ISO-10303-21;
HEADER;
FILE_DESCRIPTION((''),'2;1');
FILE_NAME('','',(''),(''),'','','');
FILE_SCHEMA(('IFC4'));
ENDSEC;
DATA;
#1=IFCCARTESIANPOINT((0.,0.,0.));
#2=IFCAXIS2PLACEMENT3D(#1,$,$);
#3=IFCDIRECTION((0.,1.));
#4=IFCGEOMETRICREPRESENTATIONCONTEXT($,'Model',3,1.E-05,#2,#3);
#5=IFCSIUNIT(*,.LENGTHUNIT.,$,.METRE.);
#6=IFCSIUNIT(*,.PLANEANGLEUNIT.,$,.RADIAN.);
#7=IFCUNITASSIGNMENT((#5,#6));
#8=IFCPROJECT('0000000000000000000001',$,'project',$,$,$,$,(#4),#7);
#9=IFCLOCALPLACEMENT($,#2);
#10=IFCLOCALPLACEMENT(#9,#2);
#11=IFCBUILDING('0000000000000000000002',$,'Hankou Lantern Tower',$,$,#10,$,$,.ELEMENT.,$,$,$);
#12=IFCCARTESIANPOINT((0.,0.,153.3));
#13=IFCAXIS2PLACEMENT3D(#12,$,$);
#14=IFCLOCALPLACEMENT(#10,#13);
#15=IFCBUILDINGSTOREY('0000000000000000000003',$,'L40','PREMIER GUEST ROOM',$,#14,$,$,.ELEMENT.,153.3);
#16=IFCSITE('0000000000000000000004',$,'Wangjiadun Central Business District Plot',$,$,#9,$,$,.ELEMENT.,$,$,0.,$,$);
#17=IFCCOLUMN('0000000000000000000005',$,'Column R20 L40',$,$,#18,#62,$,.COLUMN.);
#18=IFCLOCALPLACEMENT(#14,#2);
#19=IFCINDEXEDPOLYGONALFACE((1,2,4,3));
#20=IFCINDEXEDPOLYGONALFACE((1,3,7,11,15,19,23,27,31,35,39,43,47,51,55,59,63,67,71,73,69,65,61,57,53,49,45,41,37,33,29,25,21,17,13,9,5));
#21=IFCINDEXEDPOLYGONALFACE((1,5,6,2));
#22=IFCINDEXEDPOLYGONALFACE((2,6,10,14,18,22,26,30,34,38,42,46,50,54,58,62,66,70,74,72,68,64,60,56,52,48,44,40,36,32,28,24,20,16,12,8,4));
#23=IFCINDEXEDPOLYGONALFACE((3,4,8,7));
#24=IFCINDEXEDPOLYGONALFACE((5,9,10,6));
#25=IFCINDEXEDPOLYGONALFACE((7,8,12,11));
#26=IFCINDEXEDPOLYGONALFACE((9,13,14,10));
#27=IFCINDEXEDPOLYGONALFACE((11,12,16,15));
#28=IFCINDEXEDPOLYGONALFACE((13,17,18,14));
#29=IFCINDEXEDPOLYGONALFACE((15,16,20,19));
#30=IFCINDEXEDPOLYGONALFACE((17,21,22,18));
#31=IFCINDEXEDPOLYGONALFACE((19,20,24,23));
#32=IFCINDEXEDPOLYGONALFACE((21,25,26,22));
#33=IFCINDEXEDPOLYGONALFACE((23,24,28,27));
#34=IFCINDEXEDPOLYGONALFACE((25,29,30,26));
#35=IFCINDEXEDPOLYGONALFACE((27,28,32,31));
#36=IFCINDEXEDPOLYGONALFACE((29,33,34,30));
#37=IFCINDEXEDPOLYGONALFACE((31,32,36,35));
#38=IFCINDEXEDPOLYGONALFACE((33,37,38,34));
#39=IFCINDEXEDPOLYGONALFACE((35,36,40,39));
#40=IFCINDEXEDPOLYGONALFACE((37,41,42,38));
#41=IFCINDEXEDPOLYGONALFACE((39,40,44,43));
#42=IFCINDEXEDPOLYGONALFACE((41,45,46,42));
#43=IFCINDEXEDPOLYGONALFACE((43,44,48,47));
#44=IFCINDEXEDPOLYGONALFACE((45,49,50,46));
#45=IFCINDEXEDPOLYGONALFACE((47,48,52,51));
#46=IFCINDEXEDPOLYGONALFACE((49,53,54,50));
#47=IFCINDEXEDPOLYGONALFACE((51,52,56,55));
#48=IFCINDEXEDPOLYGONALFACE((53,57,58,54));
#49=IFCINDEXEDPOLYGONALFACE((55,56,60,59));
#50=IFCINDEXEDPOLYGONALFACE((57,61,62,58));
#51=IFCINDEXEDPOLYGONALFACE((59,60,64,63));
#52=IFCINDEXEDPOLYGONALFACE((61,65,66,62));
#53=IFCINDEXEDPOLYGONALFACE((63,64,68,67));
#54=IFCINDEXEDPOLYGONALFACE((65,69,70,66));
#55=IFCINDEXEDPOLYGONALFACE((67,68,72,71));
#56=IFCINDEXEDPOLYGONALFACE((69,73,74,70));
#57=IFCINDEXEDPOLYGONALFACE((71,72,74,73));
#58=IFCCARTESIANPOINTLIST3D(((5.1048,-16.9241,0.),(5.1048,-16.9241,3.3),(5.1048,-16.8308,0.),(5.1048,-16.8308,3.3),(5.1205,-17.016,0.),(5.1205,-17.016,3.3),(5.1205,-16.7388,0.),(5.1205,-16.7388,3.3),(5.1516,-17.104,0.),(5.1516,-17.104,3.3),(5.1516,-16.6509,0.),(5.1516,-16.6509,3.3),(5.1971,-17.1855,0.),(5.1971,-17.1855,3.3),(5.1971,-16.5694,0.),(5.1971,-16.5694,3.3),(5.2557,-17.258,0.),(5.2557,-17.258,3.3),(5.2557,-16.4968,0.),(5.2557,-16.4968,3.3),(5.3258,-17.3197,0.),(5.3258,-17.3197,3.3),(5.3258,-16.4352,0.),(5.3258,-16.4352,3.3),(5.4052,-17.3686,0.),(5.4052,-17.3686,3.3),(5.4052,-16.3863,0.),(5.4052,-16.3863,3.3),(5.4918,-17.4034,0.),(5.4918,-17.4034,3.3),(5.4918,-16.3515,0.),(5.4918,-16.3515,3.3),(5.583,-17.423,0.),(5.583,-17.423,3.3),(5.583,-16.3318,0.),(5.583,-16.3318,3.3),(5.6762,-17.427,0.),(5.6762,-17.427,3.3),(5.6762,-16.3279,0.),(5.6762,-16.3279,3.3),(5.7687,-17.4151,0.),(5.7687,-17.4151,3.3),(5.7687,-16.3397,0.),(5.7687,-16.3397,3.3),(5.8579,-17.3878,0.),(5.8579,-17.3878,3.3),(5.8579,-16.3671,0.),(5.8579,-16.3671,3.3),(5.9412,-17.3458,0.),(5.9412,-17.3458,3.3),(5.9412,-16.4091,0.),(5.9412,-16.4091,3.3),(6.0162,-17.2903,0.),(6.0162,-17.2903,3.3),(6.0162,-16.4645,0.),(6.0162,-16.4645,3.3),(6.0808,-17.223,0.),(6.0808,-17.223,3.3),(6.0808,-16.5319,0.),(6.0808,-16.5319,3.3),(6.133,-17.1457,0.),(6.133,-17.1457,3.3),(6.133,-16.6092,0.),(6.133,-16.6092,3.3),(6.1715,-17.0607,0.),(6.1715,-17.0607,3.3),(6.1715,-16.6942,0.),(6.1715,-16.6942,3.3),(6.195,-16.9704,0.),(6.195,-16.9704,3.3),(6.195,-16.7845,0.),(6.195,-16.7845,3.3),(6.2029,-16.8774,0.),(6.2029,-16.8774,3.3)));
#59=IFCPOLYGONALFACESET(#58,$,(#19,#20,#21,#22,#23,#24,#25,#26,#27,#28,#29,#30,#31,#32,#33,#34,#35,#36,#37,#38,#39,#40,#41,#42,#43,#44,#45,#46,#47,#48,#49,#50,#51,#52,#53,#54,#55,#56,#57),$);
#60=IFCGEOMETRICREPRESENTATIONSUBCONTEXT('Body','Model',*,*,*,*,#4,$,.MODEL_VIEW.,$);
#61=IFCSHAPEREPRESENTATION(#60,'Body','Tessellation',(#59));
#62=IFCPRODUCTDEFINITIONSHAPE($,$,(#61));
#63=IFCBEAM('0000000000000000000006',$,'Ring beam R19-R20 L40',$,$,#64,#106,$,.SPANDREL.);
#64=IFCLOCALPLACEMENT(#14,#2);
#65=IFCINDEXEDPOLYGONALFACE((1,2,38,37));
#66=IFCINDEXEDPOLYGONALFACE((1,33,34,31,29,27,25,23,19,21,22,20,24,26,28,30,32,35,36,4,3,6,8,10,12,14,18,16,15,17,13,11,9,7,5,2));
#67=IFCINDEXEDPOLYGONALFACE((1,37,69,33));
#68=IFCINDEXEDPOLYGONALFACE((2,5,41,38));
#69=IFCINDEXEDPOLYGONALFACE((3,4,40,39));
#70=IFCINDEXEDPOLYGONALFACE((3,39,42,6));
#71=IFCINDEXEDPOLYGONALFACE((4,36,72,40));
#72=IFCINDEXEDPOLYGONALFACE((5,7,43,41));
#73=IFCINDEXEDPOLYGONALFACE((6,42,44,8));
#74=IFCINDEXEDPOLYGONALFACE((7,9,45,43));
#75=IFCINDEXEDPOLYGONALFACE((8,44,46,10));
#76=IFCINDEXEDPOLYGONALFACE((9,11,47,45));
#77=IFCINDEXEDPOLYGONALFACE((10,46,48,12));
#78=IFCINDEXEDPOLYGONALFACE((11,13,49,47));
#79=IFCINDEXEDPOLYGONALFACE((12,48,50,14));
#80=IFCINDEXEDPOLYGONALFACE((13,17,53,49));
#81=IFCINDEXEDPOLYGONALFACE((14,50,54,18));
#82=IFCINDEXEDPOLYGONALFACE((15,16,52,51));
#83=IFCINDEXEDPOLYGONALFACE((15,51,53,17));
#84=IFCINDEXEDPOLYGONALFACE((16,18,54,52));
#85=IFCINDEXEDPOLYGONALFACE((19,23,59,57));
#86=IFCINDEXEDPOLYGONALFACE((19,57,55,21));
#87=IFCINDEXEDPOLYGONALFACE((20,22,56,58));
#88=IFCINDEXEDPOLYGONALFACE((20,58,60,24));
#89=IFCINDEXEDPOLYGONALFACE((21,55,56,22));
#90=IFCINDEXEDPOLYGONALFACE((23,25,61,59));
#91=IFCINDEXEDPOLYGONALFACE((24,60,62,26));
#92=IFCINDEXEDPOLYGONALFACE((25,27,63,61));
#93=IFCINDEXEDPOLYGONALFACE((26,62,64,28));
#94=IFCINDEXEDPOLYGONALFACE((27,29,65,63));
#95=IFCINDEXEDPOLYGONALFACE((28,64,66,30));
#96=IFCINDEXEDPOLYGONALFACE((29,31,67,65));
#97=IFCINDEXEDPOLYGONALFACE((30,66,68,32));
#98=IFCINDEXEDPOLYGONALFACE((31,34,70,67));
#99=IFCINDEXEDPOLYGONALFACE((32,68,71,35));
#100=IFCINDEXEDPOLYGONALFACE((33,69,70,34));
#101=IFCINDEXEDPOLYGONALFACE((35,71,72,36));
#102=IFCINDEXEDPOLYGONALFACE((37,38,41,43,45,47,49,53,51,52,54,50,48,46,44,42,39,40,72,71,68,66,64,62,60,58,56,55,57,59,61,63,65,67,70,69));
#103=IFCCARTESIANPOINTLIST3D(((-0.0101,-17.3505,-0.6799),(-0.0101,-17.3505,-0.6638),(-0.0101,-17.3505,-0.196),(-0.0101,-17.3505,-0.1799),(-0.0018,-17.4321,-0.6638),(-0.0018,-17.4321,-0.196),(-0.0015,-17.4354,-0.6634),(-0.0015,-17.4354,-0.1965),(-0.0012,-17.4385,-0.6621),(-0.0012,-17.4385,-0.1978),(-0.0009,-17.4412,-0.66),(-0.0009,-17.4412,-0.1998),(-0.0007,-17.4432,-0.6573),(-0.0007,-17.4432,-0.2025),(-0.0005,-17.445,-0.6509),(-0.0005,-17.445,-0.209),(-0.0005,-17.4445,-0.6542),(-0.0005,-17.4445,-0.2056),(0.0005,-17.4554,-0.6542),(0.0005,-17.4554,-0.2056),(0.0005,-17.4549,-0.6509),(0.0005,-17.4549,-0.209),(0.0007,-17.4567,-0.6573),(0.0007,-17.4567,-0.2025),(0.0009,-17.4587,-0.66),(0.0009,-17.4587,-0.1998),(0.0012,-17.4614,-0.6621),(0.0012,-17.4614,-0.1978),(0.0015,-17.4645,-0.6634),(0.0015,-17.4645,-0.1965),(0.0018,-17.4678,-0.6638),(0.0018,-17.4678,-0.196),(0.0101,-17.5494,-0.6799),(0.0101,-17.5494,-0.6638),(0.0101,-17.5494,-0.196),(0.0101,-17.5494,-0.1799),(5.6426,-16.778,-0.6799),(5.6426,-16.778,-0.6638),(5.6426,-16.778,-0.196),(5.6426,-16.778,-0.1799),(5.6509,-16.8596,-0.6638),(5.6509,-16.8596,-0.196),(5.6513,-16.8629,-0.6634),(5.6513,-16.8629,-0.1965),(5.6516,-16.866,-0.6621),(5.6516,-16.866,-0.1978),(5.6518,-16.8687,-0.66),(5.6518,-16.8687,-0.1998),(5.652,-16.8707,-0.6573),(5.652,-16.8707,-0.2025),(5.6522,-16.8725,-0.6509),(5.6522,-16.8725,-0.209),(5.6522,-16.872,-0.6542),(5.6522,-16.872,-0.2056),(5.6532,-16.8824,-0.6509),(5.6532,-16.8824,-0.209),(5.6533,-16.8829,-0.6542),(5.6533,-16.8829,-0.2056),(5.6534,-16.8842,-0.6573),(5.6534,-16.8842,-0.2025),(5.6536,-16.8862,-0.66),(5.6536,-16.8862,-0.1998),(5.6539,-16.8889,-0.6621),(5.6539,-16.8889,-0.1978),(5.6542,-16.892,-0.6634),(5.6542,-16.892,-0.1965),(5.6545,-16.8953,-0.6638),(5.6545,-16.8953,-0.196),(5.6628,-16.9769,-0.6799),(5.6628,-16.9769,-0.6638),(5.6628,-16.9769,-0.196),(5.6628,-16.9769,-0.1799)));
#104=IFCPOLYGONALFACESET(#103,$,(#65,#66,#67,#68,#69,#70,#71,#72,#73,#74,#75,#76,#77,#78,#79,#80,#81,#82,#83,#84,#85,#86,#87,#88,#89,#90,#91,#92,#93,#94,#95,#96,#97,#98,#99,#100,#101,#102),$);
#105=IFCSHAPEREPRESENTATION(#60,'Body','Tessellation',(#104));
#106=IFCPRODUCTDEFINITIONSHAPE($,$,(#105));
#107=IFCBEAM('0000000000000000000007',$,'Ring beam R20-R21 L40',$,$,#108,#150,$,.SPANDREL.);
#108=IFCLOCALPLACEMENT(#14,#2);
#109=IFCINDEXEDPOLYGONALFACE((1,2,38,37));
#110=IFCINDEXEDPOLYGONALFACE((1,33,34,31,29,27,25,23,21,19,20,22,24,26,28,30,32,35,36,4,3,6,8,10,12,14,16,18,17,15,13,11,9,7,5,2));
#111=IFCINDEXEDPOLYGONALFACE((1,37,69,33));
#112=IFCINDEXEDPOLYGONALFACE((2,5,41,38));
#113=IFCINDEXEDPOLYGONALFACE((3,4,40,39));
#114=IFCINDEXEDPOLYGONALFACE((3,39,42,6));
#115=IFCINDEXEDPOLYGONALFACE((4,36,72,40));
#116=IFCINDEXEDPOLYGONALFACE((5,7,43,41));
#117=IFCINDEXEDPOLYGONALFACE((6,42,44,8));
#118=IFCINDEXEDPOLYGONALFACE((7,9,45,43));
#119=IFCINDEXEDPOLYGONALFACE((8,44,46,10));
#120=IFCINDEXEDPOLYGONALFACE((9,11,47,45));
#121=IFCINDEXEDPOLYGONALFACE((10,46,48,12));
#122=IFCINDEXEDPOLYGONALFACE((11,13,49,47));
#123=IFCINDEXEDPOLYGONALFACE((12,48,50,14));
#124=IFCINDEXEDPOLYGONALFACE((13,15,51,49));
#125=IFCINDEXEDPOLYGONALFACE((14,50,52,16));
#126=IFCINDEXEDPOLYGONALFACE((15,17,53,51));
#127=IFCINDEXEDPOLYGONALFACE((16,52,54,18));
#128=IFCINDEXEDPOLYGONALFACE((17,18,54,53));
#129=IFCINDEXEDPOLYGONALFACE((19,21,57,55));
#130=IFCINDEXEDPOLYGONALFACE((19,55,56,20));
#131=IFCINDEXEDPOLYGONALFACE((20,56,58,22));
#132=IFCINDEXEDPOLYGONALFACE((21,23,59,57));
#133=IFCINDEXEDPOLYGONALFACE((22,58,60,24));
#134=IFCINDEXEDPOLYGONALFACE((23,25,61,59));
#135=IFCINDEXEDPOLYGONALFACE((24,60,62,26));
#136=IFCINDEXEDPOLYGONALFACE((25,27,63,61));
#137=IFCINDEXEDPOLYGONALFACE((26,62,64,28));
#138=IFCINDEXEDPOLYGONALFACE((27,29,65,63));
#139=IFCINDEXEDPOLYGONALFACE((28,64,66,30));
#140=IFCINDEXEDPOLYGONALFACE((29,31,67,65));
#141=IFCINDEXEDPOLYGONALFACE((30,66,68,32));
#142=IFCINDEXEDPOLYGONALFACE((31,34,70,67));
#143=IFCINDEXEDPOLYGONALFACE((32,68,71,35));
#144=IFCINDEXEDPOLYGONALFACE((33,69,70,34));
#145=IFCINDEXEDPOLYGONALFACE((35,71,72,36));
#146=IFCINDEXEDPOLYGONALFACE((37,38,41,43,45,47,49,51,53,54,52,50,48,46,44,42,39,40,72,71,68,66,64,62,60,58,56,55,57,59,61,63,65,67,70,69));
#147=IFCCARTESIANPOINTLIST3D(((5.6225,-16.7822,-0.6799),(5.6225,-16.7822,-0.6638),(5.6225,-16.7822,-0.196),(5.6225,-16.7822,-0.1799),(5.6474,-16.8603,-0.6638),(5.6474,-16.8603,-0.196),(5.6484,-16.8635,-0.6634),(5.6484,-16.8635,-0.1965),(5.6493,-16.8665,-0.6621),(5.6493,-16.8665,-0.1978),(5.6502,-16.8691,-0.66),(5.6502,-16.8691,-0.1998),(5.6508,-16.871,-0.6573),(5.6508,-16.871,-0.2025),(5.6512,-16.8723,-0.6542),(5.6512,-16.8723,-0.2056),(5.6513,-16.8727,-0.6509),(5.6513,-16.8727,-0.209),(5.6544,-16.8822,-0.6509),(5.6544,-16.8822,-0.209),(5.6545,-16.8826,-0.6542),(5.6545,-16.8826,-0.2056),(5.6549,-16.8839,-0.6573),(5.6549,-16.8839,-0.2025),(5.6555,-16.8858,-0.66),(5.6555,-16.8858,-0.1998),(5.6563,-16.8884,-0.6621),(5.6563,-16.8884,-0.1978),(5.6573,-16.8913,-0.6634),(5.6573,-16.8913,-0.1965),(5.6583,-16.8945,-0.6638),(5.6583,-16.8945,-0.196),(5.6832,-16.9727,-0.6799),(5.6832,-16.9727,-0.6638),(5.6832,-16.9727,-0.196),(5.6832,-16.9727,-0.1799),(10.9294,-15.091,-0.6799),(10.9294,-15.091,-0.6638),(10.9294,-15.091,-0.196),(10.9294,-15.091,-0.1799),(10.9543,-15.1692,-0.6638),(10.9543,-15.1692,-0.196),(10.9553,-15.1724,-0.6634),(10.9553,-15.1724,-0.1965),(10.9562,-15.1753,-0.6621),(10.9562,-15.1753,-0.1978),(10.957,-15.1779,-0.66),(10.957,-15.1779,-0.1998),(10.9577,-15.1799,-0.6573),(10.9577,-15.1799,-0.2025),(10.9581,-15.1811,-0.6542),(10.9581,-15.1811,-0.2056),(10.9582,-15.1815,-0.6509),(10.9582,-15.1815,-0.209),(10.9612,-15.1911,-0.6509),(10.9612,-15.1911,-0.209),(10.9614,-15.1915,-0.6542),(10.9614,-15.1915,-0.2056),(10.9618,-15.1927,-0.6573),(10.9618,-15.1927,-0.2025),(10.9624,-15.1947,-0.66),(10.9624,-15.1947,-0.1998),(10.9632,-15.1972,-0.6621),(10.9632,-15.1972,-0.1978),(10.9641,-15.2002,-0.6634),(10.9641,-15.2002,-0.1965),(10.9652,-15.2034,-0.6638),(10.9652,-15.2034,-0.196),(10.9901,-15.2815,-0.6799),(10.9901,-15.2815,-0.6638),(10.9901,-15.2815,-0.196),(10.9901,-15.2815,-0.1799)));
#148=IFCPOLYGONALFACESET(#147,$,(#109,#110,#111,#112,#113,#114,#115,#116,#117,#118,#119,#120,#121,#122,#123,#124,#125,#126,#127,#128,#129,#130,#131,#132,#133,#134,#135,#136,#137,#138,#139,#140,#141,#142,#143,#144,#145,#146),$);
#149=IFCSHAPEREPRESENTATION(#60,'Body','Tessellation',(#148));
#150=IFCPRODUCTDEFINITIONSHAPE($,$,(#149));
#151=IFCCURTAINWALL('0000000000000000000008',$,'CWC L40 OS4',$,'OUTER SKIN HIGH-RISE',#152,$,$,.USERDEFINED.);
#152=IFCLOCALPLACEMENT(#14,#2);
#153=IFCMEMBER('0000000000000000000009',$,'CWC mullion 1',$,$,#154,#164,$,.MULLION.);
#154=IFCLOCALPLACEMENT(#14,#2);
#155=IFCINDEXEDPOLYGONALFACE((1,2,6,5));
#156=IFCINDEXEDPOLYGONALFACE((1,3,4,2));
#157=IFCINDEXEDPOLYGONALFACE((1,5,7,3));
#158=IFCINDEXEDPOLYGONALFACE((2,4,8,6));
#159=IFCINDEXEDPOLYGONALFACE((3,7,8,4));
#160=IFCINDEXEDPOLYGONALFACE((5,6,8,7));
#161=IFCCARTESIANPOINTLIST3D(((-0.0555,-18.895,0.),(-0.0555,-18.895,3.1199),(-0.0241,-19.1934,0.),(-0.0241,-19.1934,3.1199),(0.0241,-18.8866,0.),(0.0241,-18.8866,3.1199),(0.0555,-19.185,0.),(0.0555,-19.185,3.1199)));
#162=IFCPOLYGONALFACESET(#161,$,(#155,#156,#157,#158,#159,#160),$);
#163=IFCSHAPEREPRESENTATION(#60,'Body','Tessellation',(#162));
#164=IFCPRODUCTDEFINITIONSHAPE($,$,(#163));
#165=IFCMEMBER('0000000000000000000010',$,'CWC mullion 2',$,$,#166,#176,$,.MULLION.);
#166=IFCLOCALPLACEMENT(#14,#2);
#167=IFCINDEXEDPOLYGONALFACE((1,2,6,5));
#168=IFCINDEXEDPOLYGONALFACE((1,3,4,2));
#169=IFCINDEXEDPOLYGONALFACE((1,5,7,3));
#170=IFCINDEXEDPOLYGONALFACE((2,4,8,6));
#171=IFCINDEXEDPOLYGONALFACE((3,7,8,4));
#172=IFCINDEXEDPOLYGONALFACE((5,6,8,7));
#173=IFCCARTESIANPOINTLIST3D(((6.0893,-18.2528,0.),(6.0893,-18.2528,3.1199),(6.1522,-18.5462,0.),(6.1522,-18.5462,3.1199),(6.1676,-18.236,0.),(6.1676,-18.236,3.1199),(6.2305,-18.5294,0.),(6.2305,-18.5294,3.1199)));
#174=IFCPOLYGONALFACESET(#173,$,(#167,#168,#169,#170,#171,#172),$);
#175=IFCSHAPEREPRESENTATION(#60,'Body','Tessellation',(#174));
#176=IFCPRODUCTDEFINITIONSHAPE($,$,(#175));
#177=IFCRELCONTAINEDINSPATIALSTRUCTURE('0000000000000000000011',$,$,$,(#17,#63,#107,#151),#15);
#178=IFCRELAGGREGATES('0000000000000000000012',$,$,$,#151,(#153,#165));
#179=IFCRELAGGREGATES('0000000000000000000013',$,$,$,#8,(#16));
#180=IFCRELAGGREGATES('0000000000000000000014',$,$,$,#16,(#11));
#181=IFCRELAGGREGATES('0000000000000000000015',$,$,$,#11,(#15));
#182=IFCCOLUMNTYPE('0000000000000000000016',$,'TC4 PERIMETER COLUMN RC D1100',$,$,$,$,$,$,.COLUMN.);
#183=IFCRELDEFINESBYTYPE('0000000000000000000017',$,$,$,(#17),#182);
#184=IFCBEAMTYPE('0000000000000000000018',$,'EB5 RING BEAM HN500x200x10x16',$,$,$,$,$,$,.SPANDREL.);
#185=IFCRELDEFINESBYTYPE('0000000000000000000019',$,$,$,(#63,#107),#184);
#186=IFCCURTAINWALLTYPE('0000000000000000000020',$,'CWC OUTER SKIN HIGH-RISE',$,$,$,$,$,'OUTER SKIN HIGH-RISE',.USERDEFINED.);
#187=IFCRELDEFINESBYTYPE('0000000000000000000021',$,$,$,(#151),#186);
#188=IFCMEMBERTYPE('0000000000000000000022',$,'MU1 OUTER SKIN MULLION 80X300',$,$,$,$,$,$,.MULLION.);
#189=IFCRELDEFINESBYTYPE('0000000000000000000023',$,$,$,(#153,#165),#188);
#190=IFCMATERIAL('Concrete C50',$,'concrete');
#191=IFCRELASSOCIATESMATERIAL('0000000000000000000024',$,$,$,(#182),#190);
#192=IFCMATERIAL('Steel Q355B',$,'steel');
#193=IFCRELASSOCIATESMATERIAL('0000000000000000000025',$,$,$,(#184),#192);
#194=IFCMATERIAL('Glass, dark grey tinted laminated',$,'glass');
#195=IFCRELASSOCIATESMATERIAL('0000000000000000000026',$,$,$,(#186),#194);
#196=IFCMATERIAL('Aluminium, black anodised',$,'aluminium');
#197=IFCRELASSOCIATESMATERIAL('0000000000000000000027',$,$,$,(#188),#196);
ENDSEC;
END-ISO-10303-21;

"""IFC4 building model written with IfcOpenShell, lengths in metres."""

from ifc_helpers import new_model, si_unit, direction, frame, origin, origin_2d, place, context, subcontext, project, spatial, rectangle, circle, i_section, extrude, material, material_profile, profile_set, type_object, element, aggregate, save


model = new_model("IFC4")

# Units and contexts
model_context = context("Model", 3, precision=1e-05, world=origin(), true_north=direction((0.0, 1.0)))
body_context = subcontext(model_context, "Body", "Model", "MODEL_VIEW")
ifc_project = project(units=[si_unit("LENGTHUNIT", "METRE"), si_unit("PLANEANGLEUNIT", "RADIAN")], contexts=[model_context])

# Site, building, storey
site_placement = place(None, origin())
site = spatial("IfcSite", under=ifc_project, at=site_placement, Name="Wangjiadun Central Business District Plot", CompositionType="ELEMENT", RefElevation=0.0)
building_placement = place(site_placement, origin())
building = spatial("IfcBuilding", under=site, at=building_placement, Name="Hankou Lantern Tower", CompositionType="ELEMENT")
storey_placement = place(building_placement, frame((0.0, 0.0, 153.3)))
storey = spatial("IfcBuildingStorey", under=building, at=storey_placement, Name="L40", Description="PREMIER GUEST ROOM", CompositionType="ELEMENT", Elevation=153.3)

# Column
ifc_material_1 = material(Name="Concrete C50", Category="concrete")
ifc_material_profile_1 = material_profile(ifc_material_1, circle(Radius=0.55, at=origin_2d()), Name="RC D1100")
ifc_profile_set_1 = profile_set([ifc_material_profile_1], Name="Concrete C50")
column_type = type_object("IfcColumnType", Name="TC4 PERIMETER COLUMN RC D1100", PredefinedType="COLUMN", material=ifc_profile_set_1)
column_placement = place(storey_placement, frame((5.6528, -16.8774, 0.0), z_axis=(0.0, 0.0, 1.0), x_axis=(1.0, 0.0, 0.0)))
element("IfcColumn", 1, at=column_placement, inside=storey, type_object=column_type, Name="Column R20 L40", PredefinedType="COLUMN", context=body_context, shape_type="SweptSolid", body=[
    extrude(circle(Radius=0.55, at=origin_2d()), origin(), (0.0, 0.0, 1.0), 3.3),
])

# Beams
ifc_material_2 = material(Name="Steel Q355B", Category="steel")
ifc_material_profile_2 = material_profile(ifc_material_2, i_section(OverallWidth=0.2, OverallDepth=0.5, WebThickness=0.01, FlangeThickness=0.0161, FilletRadius=0.0129, at=origin_2d()), Name="HN500x200x10x16")
ifc_profile_set_2 = profile_set([ifc_material_profile_2], Name="Steel Q355B")
beam_type_1 = type_object("IfcBeamType", Name="EB5 RING BEAM HN500x200x10x16", PredefinedType="SPANDREL", material=ifc_profile_set_2)
beam_1_placement = place(storey_placement, frame((0.0, -17.45, -0.4299), z_axis=(0.99491, 0.100763, 0.0), x_axis=(-0.100763, 0.99491, 0.0)))
element("IfcBeam", 2, at=beam_1_placement, inside=storey, type_object=beam_type_1, Name="Ring beam R19-R20 L40", PredefinedType="SPANDREL", context=body_context, shape_type="SweptSolid", body=[
    extrude(i_section(OverallWidth=0.2, OverallDepth=0.5, WebThickness=0.01, FlangeThickness=0.0161, FilletRadius=0.0129, at=origin_2d()), origin(), (0.0, 0.0, 1.0), 5.6816),
])
beam_2_placement = place(storey_placement, frame((5.6528, -16.8774, -0.4299), z_axis=(0.95279, 0.303629, 0.0), x_axis=(-0.303629, 0.95279, 0.0)))
element("IfcBeam", 3, at=beam_2_placement, inside=storey, type_object=beam_type_1, Name="Ring beam R20-R21 L40", PredefinedType="SPANDREL", context=body_context, shape_type="SweptSolid", body=[
    extrude(i_section(OverallWidth=0.2, OverallDepth=0.5, WebThickness=0.01, FlangeThickness=0.0161, FilletRadius=0.0129, at=origin_2d()), origin(), (0.0, 0.0, 1.0), 5.5698),
])

# Curtain wall, members
ifc_material_3 = material(Name="Glass, dark grey tinted laminated", Category="glass")
curtain_wall_type = type_object("IfcCurtainWallType", Name="CWC OUTER SKIN HIGH-RISE", ElementType="OUTER SKIN HIGH-RISE", PredefinedType="USERDEFINED", material=ifc_material_3)
curtain_wall_placement = place(storey_placement, origin())
curtain_wall = element("IfcCurtainWall", 4, at=curtain_wall_placement, inside=storey, type_object=curtain_wall_type, Name="CWC L40 OS4", ObjectType="OUTER SKIN HIGH-RISE", PredefinedType="USERDEFINED")
ifc_material_4 = material(Name="Aluminium, black anodised", Category="aluminium")
ifc_material_profile_3 = material_profile(ifc_material_4, rectangle(XDim=0.0801, YDim=0.3, at=origin_2d()), Name="MU1 80X300")
ifc_profile_set_3 = profile_set([ifc_material_profile_3], Name="Aluminium, black anodised")
member_type_1 = type_object("IfcMemberType", Name="MU1 OUTER SKIN MULLION 80X300", PredefinedType="MULLION", material=ifc_profile_set_3)
member_1_placement = place(storey_placement, frame((0.0, -19.04, 0.0), z_axis=(0.0, 0.0, 1.0), x_axis=(0.994499, 0.104743, 0.0)))
member_1 = element("IfcMember", 5, at=member_1_placement, type_object=member_type_1, Name="CWC mullion 1", PredefinedType="MULLION", context=body_context, shape_type="SweptSolid", body=[
    extrude(rectangle(XDim=0.0801, YDim=0.3, at=origin_2d()), origin(), (0.0, 0.0, 1.0), 3.1199),
])
member_2_placement = place(storey_placement, frame((6.1599, -18.3911, 0.0), z_axis=(0.0, 0.0, 1.0), x_axis=(0.977788, 0.209598, 0.0)))
member_2 = element("IfcMember", 6, at=member_2_placement, type_object=member_type_1, Name="CWC mullion 2", PredefinedType="MULLION", context=body_context, shape_type="SweptSolid", body=[
    extrude(rectangle(XDim=0.0801, YDim=0.3, at=origin_2d()), origin(), (0.0, 0.0, 1.0), 3.1199),
])

aggregate(curtain_wall, [member_1, member_2])

save(model, "model.ifc")
